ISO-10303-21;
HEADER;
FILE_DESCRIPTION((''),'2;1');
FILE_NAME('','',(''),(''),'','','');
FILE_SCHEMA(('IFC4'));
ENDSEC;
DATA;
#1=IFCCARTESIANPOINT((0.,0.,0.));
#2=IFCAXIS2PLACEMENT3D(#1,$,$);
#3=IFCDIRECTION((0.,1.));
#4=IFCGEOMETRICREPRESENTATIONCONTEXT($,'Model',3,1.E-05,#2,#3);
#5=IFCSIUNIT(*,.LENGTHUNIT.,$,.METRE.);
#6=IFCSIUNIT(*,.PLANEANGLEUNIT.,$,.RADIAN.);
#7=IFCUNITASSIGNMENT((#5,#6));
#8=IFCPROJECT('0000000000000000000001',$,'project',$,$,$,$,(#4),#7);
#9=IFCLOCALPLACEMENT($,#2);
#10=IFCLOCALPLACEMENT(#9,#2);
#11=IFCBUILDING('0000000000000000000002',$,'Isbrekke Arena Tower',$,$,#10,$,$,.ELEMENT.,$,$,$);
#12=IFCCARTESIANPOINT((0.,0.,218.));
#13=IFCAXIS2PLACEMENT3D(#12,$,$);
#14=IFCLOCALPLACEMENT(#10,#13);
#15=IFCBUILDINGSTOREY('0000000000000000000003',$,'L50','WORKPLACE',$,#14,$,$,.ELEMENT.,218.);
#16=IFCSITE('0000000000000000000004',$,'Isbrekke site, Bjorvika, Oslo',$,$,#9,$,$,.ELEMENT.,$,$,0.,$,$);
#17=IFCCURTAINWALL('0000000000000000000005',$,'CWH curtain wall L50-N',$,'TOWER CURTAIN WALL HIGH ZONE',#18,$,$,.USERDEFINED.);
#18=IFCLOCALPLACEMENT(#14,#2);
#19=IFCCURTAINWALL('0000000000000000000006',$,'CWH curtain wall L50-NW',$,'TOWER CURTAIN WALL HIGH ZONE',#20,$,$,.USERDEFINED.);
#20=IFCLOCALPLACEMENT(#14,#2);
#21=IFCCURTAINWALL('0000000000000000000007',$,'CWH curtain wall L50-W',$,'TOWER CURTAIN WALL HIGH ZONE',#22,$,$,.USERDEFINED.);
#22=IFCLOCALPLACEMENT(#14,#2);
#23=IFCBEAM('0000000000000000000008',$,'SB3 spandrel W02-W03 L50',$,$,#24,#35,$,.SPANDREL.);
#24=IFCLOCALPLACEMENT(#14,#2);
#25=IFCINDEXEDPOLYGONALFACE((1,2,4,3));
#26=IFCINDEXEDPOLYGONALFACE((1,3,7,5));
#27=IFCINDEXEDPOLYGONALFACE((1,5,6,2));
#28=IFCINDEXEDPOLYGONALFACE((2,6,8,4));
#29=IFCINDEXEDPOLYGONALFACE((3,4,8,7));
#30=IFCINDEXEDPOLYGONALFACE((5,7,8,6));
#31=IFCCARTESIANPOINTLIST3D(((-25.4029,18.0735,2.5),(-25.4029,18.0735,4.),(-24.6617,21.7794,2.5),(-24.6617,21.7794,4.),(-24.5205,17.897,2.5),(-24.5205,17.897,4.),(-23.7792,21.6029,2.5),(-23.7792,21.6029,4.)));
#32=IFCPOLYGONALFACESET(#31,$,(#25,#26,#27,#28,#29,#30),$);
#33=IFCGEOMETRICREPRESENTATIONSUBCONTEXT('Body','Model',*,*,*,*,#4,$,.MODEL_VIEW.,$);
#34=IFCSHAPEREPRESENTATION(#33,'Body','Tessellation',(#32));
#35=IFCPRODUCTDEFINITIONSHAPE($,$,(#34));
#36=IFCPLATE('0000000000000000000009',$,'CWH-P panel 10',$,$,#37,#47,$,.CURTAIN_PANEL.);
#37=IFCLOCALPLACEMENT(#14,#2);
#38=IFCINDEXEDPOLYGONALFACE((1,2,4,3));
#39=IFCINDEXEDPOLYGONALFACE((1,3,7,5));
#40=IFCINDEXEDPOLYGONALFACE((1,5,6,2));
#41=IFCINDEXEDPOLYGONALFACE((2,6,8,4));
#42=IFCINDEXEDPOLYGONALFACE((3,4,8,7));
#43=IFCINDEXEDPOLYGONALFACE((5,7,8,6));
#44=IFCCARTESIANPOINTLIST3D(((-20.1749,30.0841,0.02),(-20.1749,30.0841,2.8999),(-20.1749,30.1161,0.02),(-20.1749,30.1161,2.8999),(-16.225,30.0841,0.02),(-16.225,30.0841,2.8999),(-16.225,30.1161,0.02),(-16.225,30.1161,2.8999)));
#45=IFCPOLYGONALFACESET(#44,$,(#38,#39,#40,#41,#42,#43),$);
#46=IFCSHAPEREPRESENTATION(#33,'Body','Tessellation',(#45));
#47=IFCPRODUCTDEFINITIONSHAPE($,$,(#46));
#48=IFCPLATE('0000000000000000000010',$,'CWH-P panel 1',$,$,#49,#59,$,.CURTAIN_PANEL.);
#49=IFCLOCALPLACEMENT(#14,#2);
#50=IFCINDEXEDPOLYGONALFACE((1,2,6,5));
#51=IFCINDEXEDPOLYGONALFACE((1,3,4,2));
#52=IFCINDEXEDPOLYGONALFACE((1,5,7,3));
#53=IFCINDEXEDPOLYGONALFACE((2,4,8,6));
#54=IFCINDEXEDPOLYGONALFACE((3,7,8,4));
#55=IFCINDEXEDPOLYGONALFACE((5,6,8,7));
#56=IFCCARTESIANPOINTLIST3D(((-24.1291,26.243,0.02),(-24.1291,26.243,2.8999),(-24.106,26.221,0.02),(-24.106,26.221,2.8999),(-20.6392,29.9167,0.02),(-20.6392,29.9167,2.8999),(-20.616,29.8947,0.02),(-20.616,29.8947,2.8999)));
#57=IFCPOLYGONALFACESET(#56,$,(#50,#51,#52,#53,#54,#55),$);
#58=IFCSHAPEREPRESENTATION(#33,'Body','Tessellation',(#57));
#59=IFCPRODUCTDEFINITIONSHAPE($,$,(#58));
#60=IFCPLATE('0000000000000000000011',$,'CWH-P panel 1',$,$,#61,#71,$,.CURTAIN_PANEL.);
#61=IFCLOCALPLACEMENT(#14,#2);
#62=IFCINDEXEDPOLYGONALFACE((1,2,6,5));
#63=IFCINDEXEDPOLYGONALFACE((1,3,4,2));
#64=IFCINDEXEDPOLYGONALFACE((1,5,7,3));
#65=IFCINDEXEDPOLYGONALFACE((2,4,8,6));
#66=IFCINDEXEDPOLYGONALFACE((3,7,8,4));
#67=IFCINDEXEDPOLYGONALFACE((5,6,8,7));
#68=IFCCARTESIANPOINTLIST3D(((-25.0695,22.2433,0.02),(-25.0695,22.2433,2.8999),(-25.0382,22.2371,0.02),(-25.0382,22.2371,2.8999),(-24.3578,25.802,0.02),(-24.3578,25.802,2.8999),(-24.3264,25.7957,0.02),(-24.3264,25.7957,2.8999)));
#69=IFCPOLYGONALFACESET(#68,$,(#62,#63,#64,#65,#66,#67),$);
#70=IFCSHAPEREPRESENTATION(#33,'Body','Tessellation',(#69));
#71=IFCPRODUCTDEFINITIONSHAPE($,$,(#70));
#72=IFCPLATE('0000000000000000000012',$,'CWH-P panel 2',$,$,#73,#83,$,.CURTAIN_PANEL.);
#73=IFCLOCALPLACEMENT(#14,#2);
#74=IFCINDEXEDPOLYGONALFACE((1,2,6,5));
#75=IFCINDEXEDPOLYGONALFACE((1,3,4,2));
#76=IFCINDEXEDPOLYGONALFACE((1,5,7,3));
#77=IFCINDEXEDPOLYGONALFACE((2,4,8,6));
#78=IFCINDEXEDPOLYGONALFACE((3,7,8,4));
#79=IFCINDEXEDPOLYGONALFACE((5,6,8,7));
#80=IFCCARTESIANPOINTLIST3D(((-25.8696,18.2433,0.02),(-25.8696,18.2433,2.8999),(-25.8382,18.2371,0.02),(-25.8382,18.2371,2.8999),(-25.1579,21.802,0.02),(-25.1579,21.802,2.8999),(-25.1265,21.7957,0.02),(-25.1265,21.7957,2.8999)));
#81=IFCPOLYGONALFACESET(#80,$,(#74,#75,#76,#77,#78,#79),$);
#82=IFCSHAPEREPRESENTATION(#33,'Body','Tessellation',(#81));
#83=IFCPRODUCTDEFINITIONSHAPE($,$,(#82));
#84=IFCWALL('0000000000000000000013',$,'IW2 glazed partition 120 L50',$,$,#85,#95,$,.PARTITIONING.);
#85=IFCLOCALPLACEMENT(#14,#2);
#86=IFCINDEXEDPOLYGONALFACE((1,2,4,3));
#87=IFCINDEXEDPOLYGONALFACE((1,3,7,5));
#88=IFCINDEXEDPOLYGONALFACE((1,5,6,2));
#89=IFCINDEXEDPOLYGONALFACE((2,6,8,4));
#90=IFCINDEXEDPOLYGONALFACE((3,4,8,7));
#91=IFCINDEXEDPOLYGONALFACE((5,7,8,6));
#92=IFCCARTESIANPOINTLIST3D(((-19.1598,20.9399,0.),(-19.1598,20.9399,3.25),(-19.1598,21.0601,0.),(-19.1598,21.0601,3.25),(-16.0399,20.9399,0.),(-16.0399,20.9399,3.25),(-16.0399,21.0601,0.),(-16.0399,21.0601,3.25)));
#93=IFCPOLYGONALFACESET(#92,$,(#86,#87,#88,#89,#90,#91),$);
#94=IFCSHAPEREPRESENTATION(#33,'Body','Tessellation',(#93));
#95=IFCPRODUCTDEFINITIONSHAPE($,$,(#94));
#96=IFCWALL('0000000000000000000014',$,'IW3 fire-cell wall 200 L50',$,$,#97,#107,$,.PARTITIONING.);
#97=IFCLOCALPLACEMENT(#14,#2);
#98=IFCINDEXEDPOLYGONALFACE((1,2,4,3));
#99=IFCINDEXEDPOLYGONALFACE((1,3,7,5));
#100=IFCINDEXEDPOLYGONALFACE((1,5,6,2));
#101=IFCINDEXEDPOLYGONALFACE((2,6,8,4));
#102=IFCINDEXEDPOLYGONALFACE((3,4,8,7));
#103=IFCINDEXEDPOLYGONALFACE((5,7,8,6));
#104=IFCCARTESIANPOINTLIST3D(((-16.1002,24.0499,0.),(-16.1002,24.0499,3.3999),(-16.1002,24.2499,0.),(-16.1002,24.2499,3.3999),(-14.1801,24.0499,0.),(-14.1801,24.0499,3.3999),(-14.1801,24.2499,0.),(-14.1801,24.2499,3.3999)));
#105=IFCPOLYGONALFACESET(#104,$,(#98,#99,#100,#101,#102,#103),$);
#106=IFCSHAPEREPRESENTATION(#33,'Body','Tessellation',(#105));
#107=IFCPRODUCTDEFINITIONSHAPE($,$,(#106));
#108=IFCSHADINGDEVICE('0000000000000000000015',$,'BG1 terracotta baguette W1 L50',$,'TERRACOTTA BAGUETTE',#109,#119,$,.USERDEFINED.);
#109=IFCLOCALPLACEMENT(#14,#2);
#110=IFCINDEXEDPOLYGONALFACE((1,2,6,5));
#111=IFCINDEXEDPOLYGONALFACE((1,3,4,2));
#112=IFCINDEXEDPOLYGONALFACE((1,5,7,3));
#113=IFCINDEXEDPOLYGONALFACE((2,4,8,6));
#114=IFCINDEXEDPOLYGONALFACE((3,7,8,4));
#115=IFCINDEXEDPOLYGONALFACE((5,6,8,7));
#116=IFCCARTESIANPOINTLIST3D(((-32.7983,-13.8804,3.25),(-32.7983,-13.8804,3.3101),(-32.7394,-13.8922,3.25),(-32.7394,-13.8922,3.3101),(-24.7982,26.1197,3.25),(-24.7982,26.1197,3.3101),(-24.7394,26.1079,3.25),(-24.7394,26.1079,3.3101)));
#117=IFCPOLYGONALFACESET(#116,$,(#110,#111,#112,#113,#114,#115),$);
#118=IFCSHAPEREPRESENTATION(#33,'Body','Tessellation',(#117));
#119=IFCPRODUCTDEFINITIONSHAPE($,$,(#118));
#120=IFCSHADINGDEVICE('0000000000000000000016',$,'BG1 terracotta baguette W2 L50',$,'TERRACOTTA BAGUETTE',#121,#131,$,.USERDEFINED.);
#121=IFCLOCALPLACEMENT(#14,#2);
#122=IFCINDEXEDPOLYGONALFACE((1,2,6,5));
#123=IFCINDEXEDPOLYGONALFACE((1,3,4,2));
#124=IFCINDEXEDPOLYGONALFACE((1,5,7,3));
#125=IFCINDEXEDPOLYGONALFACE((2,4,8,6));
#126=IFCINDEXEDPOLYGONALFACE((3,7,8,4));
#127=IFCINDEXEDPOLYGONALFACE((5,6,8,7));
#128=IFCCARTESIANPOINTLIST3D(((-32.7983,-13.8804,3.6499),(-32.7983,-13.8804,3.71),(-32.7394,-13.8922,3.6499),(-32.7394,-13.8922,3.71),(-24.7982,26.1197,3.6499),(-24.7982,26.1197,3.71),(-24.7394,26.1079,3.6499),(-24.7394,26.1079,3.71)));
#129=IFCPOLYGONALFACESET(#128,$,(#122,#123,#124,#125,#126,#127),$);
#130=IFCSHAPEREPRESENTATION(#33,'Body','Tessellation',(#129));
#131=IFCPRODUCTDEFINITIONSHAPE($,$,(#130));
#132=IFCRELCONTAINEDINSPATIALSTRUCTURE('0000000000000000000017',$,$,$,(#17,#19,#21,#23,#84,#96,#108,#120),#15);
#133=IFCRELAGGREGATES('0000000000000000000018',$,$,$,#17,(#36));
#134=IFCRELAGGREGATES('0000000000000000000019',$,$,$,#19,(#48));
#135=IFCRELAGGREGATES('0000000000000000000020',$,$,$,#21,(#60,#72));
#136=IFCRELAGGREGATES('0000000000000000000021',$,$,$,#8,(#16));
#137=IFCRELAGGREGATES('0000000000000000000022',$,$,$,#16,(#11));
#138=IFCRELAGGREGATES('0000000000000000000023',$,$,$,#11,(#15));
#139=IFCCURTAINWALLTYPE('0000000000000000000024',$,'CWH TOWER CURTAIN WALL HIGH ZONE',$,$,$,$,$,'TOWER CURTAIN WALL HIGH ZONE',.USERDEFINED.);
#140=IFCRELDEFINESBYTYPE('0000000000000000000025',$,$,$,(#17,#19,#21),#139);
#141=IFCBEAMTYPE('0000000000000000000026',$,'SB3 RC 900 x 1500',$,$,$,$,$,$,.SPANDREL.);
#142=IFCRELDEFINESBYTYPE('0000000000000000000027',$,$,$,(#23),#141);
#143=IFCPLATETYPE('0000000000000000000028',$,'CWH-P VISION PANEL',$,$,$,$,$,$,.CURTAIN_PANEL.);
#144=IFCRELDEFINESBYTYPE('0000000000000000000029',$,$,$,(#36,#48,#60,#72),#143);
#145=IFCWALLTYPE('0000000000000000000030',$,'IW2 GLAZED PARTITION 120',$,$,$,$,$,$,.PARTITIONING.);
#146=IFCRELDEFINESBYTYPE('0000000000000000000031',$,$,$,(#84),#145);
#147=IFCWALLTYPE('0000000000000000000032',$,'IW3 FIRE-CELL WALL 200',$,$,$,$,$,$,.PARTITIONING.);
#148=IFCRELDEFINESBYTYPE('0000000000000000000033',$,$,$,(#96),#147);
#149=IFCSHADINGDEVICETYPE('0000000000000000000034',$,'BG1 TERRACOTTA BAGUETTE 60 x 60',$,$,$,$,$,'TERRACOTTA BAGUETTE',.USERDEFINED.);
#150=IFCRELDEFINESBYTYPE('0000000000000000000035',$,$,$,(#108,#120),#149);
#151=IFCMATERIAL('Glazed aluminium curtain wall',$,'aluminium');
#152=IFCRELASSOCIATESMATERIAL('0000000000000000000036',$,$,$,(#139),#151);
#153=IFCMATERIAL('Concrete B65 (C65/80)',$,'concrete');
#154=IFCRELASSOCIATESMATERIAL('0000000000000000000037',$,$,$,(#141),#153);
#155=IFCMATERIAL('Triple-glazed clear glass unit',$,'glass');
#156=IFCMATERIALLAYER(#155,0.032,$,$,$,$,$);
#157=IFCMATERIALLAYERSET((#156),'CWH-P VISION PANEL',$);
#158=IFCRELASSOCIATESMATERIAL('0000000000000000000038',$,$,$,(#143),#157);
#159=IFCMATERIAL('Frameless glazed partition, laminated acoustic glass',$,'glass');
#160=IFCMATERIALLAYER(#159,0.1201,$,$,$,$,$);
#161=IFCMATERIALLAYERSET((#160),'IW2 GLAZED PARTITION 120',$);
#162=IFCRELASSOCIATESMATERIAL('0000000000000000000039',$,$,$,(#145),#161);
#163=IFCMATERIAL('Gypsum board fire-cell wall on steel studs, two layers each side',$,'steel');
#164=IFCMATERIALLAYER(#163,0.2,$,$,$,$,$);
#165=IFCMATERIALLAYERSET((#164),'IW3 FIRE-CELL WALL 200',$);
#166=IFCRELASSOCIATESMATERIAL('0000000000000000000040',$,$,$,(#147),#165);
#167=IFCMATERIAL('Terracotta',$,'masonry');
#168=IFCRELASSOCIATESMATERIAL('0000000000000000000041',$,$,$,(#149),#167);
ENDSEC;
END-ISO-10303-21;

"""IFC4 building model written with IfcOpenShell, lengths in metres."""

from ifc_helpers import new_model, si_unit, direction, frame, frame_2d, origin, origin_2d, place, context, subcontext, project, spatial, rectangle, extrude, material, layer, layer_set, material_profile, profile_set, type_object, element, aggregate, save


model = new_model("IFC4")

# Units and contexts
model_context = context("Model", 3, precision=1e-05, world=origin(), true_north=direction((0.0, 1.0)))
body_context = subcontext(model_context, "Body", "Model", "MODEL_VIEW")
ifc_project = project(units=[si_unit("LENGTHUNIT", "METRE"), si_unit("PLANEANGLEUNIT", "RADIAN")], contexts=[model_context])

# Site, building, storey
site_placement = place(None, origin())
site = spatial("IfcSite", under=ifc_project, at=site_placement, Name="Isbrekke site, Bjorvika, Oslo", CompositionType="ELEMENT", RefElevation=0.0)
building_placement = place(site_placement, origin())
building = spatial("IfcBuilding", under=site, at=building_placement, Name="Isbrekke Arena Tower", CompositionType="ELEMENT")
storey_placement = place(building_placement, frame((0.0, 0.0, 218.0)))
storey = spatial("IfcBuildingStorey", under=building, at=storey_placement, Name="L50", Description="WORKPLACE", CompositionType="ELEMENT", Elevation=218.0)

# Curtain walls
ifc_material_1 = material(Name="Glazed aluminium curtain wall", Category="aluminium")
curtain_wall_type = type_object("IfcCurtainWallType", Name="CWH TOWER CURTAIN WALL HIGH ZONE", ElementType="TOWER CURTAIN WALL HIGH ZONE", PredefinedType="USERDEFINED", material=ifc_material_1)
curtain_wall_1_placement = place(storey_placement, origin())
curtain_wall_1 = element("IfcCurtainWall", 1, at=curtain_wall_1_placement, inside=storey, type_object=curtain_wall_type, Name="CWH curtain wall L50-N", ObjectType="TOWER CURTAIN WALL HIGH ZONE", PredefinedType="USERDEFINED")
curtain_wall_2_placement = place(storey_placement, origin())
curtain_wall_2 = element("IfcCurtainWall", 2, at=curtain_wall_2_placement, inside=storey, type_object=curtain_wall_type, Name="CWH curtain wall L50-NW", ObjectType="TOWER CURTAIN WALL HIGH ZONE", PredefinedType="USERDEFINED")
curtain_wall_3_placement = place(storey_placement, origin())
curtain_wall_3 = element("IfcCurtainWall", 3, at=curtain_wall_3_placement, inside=storey, type_object=curtain_wall_type, Name="CWH curtain wall L50-W", ObjectType="TOWER CURTAIN WALL HIGH ZONE", PredefinedType="USERDEFINED")

# Beam
ifc_material_2 = material(Name="Concrete B65 (C65/80)", Category="concrete")
ifc_material_profile_1 = material_profile(ifc_material_2, rectangle(XDim=0.8999, YDim=1.5, at=origin_2d()), Name="RC 900x1500")
ifc_profile_set_1 = profile_set([ifc_material_profile_1], Name="Concrete B65 (C65/80)")
beam_type_1 = type_object("IfcBeamType", Name="SB3 RC 900 x 1500", PredefinedType="SPANDREL", material=ifc_profile_set_1)
beam_1_placement = place(storey_placement, frame((-24.2205, 21.6912, 3.25), z_axis=(-0.196129, -0.980578, 0.0), x_axis=(0.980578, -0.196129, 0.0)))
element("IfcBeam", 4, at=beam_1_placement, inside=storey, type_object=beam_type_1, Name="SB3 spandrel W02-W03 L50", PredefinedType="SPANDREL", context=body_context, shape_type="SweptSolid", body=[
    extrude(rectangle(XDim=0.8999, YDim=1.5, at=origin_2d()), origin(), (0.0, 0.0, 1.0), 3.7793),
])

# Plates
ifc_material_3 = material(Name="Triple-glazed clear glass unit", Category="glass")
ifc_layer_1 = layer(ifc_material_3, 0.032)
ifc_layer_set_1 = layer_set([ifc_layer_1], Name="CWH-P VISION PANEL")
plate_type = type_object("IfcPlateType", Name="CWH-P VISION PANEL", PredefinedType="CURTAIN_PANEL", material=ifc_layer_set_1)
plate_1_placement = place(storey_placement, frame((-18.2, 30.1001, 0.02), z_axis=(0.0, 0.0, 1.0), x_axis=(-1.0, 0.0, 0.0)))
plate_1 = element("IfcPlate", 5, at=plate_1_placement, type_object=plate_type, Name="CWH-P panel 10", PredefinedType="CURTAIN_PANEL", context=body_context, shape_type="SweptSolid", body=[
    extrude(rectangle(XDim=3.95, YDim=0.032, at=origin_2d()), origin(), (0.0, 0.0, 1.0), 2.8799),
])
aggregate(curtain_wall_1, [plate_1])
plate_2_placement = place(storey_placement, frame((-22.3726, 28.0688, 0.02), z_axis=(0.0, 0.0, 1.0), x_axis=(-0.688749, -0.724999, 0.0)))
plate_2 = element("IfcPlate", 6, at=plate_2_placement, type_object=plate_type, Name="CWH-P panel 1", PredefinedType="CURTAIN_PANEL", context=body_context, shape_type="SweptSolid", body=[
    extrude(rectangle(XDim=5.0671, YDim=0.032, at=origin_2d()), origin(), (0.0, 0.0, 1.0), 2.8799),
])
aggregate(curtain_wall_2, [plate_2])
plate_3_placement = place(storey_placement, frame((-24.698, 24.0195, 0.02), z_axis=(0.0, 0.0, 1.0), x_axis=(-0.196116, -0.980581, 0.0)))
plate_3 = element("IfcPlate", 7, at=plate_3_placement, type_object=plate_type, Name="CWH-P panel 1", PredefinedType="CURTAIN_PANEL", context=body_context, shape_type="SweptSolid", body=[
    extrude(rectangle(XDim=3.6292, YDim=0.032, at=origin_2d()), origin(), (0.0, 0.0, 1.0), 2.8799),
])
plate_4_placement = place(storey_placement, frame((-25.498, 20.0195, 0.02), z_axis=(0.0, 0.0, 1.0), x_axis=(-0.196116, -0.980581, 0.0)))
plate_4 = element("IfcPlate", 8, at=plate_4_placement, type_object=plate_type, Name="CWH-P panel 2", PredefinedType="CURTAIN_PANEL", context=body_context, shape_type="SweptSolid", body=[
    extrude(rectangle(XDim=3.6292, YDim=0.032, at=origin_2d()), origin(), (0.0, 0.0, 1.0), 2.8799),
])
aggregate(curtain_wall_3, [plate_3, plate_4])

# Walls
ifc_material_4 = material(Name="Frameless glazed partition, laminated acoustic glass", Category="glass")
ifc_layer_2 = layer(ifc_material_4, 0.1201)
ifc_layer_set_2 = layer_set([ifc_layer_2], Name="IW2 GLAZED PARTITION 120")
wall_type_1 = type_object("IfcWallType", Name="IW2 GLAZED PARTITION 120", PredefinedType="PARTITIONING", material=ifc_layer_set_2)
wall_1_placement = place(storey_placement, frame((-19.1599, 21.0, 0.0), z_axis=(0.0, 0.0, 1.0), x_axis=(1.0, 0.0, 0.0)))
element("IfcWall", 9, at=wall_1_placement, inside=storey, type_object=wall_type_1, Name="IW2 glazed partition 120 L50", PredefinedType="PARTITIONING", context=body_context, shape_type="SweptSolid", body=[
    extrude(rectangle(XDim=3.1199, YDim=0.1201, at=frame_2d((1.5601, 0.0))), origin(), (0.0, 0.0, 1.0), 3.25),
])
ifc_material_5 = material(Name="Gypsum board fire-cell wall on steel studs, two layers each side", Category="steel")
ifc_layer_3 = layer(ifc_material_5, 0.2)
ifc_layer_set_3 = layer_set([ifc_layer_3], Name="IW3 FIRE-CELL WALL 200")
wall_type_2 = type_object("IfcWallType", Name="IW3 FIRE-CELL WALL 200", PredefinedType="PARTITIONING", material=ifc_layer_set_3)
wall_2_placement = place(storey_placement, frame((-16.1001, 24.1499, 0.0), z_axis=(0.0, 0.0, 1.0), x_axis=(1.0, 0.0, 0.0)))
element("IfcWall", 10, at=wall_2_placement, inside=storey, type_object=wall_type_2, Name="IW3 fire-cell wall 200 L50", PredefinedType="PARTITIONING", context=body_context, shape_type="SweptSolid", body=[
    extrude(rectangle(XDim=1.9202, YDim=0.2, at=frame_2d((0.96, 0.0))), origin(), (0.0, 0.0, 1.0), 3.3999),
])

# Shading devices
ifc_material_6 = material(Name="Terracotta", Category="masonry")
ifc_material_profile_2 = material_profile(ifc_material_6, rectangle(XDim=0.0601, YDim=0.0601, at=origin_2d()), Name="BAGUETTE 60X60")
ifc_profile_set_2 = profile_set([ifc_material_profile_2], Name="Terracotta")
shading_device_type = type_object("IfcShadingDeviceType", Name="BG1 TERRACOTTA BAGUETTE 60 x 60", ElementType="TERRACOTTA BAGUETTE", PredefinedType="USERDEFINED", material=ifc_profile_set_2)
for number, where, z_axis, x_axis, name in (
    (11, (-24.7688, 26.1138, 3.28), (-0.196116, -0.980581, 0.0), (0.980581, -0.196116, 0.0), "BG1 terracotta baguette W1 L50"),
    (12, (-24.7688, 26.1138, 3.6799), (-0.196116, -0.980581, 0.0), (0.980581, -0.196116, 0.0), "BG1 terracotta baguette W2 L50"),
):
    element("IfcShadingDevice", number, at=place(storey_placement, frame(where, z_axis=z_axis, x_axis=x_axis)), inside=storey, type_object=shading_device_type, Name=name, ObjectType="TERRACOTTA BAGUETTE", PredefinedType="USERDEFINED", context=body_context, shape_type="SweptSolid", body=[
        extrude(rectangle(XDim=0.0601, YDim=0.0601, at=origin_2d()), origin(), (0.0, 0.0, 1.0), 40.7922),
    ])

save(model, "model.ifc")
